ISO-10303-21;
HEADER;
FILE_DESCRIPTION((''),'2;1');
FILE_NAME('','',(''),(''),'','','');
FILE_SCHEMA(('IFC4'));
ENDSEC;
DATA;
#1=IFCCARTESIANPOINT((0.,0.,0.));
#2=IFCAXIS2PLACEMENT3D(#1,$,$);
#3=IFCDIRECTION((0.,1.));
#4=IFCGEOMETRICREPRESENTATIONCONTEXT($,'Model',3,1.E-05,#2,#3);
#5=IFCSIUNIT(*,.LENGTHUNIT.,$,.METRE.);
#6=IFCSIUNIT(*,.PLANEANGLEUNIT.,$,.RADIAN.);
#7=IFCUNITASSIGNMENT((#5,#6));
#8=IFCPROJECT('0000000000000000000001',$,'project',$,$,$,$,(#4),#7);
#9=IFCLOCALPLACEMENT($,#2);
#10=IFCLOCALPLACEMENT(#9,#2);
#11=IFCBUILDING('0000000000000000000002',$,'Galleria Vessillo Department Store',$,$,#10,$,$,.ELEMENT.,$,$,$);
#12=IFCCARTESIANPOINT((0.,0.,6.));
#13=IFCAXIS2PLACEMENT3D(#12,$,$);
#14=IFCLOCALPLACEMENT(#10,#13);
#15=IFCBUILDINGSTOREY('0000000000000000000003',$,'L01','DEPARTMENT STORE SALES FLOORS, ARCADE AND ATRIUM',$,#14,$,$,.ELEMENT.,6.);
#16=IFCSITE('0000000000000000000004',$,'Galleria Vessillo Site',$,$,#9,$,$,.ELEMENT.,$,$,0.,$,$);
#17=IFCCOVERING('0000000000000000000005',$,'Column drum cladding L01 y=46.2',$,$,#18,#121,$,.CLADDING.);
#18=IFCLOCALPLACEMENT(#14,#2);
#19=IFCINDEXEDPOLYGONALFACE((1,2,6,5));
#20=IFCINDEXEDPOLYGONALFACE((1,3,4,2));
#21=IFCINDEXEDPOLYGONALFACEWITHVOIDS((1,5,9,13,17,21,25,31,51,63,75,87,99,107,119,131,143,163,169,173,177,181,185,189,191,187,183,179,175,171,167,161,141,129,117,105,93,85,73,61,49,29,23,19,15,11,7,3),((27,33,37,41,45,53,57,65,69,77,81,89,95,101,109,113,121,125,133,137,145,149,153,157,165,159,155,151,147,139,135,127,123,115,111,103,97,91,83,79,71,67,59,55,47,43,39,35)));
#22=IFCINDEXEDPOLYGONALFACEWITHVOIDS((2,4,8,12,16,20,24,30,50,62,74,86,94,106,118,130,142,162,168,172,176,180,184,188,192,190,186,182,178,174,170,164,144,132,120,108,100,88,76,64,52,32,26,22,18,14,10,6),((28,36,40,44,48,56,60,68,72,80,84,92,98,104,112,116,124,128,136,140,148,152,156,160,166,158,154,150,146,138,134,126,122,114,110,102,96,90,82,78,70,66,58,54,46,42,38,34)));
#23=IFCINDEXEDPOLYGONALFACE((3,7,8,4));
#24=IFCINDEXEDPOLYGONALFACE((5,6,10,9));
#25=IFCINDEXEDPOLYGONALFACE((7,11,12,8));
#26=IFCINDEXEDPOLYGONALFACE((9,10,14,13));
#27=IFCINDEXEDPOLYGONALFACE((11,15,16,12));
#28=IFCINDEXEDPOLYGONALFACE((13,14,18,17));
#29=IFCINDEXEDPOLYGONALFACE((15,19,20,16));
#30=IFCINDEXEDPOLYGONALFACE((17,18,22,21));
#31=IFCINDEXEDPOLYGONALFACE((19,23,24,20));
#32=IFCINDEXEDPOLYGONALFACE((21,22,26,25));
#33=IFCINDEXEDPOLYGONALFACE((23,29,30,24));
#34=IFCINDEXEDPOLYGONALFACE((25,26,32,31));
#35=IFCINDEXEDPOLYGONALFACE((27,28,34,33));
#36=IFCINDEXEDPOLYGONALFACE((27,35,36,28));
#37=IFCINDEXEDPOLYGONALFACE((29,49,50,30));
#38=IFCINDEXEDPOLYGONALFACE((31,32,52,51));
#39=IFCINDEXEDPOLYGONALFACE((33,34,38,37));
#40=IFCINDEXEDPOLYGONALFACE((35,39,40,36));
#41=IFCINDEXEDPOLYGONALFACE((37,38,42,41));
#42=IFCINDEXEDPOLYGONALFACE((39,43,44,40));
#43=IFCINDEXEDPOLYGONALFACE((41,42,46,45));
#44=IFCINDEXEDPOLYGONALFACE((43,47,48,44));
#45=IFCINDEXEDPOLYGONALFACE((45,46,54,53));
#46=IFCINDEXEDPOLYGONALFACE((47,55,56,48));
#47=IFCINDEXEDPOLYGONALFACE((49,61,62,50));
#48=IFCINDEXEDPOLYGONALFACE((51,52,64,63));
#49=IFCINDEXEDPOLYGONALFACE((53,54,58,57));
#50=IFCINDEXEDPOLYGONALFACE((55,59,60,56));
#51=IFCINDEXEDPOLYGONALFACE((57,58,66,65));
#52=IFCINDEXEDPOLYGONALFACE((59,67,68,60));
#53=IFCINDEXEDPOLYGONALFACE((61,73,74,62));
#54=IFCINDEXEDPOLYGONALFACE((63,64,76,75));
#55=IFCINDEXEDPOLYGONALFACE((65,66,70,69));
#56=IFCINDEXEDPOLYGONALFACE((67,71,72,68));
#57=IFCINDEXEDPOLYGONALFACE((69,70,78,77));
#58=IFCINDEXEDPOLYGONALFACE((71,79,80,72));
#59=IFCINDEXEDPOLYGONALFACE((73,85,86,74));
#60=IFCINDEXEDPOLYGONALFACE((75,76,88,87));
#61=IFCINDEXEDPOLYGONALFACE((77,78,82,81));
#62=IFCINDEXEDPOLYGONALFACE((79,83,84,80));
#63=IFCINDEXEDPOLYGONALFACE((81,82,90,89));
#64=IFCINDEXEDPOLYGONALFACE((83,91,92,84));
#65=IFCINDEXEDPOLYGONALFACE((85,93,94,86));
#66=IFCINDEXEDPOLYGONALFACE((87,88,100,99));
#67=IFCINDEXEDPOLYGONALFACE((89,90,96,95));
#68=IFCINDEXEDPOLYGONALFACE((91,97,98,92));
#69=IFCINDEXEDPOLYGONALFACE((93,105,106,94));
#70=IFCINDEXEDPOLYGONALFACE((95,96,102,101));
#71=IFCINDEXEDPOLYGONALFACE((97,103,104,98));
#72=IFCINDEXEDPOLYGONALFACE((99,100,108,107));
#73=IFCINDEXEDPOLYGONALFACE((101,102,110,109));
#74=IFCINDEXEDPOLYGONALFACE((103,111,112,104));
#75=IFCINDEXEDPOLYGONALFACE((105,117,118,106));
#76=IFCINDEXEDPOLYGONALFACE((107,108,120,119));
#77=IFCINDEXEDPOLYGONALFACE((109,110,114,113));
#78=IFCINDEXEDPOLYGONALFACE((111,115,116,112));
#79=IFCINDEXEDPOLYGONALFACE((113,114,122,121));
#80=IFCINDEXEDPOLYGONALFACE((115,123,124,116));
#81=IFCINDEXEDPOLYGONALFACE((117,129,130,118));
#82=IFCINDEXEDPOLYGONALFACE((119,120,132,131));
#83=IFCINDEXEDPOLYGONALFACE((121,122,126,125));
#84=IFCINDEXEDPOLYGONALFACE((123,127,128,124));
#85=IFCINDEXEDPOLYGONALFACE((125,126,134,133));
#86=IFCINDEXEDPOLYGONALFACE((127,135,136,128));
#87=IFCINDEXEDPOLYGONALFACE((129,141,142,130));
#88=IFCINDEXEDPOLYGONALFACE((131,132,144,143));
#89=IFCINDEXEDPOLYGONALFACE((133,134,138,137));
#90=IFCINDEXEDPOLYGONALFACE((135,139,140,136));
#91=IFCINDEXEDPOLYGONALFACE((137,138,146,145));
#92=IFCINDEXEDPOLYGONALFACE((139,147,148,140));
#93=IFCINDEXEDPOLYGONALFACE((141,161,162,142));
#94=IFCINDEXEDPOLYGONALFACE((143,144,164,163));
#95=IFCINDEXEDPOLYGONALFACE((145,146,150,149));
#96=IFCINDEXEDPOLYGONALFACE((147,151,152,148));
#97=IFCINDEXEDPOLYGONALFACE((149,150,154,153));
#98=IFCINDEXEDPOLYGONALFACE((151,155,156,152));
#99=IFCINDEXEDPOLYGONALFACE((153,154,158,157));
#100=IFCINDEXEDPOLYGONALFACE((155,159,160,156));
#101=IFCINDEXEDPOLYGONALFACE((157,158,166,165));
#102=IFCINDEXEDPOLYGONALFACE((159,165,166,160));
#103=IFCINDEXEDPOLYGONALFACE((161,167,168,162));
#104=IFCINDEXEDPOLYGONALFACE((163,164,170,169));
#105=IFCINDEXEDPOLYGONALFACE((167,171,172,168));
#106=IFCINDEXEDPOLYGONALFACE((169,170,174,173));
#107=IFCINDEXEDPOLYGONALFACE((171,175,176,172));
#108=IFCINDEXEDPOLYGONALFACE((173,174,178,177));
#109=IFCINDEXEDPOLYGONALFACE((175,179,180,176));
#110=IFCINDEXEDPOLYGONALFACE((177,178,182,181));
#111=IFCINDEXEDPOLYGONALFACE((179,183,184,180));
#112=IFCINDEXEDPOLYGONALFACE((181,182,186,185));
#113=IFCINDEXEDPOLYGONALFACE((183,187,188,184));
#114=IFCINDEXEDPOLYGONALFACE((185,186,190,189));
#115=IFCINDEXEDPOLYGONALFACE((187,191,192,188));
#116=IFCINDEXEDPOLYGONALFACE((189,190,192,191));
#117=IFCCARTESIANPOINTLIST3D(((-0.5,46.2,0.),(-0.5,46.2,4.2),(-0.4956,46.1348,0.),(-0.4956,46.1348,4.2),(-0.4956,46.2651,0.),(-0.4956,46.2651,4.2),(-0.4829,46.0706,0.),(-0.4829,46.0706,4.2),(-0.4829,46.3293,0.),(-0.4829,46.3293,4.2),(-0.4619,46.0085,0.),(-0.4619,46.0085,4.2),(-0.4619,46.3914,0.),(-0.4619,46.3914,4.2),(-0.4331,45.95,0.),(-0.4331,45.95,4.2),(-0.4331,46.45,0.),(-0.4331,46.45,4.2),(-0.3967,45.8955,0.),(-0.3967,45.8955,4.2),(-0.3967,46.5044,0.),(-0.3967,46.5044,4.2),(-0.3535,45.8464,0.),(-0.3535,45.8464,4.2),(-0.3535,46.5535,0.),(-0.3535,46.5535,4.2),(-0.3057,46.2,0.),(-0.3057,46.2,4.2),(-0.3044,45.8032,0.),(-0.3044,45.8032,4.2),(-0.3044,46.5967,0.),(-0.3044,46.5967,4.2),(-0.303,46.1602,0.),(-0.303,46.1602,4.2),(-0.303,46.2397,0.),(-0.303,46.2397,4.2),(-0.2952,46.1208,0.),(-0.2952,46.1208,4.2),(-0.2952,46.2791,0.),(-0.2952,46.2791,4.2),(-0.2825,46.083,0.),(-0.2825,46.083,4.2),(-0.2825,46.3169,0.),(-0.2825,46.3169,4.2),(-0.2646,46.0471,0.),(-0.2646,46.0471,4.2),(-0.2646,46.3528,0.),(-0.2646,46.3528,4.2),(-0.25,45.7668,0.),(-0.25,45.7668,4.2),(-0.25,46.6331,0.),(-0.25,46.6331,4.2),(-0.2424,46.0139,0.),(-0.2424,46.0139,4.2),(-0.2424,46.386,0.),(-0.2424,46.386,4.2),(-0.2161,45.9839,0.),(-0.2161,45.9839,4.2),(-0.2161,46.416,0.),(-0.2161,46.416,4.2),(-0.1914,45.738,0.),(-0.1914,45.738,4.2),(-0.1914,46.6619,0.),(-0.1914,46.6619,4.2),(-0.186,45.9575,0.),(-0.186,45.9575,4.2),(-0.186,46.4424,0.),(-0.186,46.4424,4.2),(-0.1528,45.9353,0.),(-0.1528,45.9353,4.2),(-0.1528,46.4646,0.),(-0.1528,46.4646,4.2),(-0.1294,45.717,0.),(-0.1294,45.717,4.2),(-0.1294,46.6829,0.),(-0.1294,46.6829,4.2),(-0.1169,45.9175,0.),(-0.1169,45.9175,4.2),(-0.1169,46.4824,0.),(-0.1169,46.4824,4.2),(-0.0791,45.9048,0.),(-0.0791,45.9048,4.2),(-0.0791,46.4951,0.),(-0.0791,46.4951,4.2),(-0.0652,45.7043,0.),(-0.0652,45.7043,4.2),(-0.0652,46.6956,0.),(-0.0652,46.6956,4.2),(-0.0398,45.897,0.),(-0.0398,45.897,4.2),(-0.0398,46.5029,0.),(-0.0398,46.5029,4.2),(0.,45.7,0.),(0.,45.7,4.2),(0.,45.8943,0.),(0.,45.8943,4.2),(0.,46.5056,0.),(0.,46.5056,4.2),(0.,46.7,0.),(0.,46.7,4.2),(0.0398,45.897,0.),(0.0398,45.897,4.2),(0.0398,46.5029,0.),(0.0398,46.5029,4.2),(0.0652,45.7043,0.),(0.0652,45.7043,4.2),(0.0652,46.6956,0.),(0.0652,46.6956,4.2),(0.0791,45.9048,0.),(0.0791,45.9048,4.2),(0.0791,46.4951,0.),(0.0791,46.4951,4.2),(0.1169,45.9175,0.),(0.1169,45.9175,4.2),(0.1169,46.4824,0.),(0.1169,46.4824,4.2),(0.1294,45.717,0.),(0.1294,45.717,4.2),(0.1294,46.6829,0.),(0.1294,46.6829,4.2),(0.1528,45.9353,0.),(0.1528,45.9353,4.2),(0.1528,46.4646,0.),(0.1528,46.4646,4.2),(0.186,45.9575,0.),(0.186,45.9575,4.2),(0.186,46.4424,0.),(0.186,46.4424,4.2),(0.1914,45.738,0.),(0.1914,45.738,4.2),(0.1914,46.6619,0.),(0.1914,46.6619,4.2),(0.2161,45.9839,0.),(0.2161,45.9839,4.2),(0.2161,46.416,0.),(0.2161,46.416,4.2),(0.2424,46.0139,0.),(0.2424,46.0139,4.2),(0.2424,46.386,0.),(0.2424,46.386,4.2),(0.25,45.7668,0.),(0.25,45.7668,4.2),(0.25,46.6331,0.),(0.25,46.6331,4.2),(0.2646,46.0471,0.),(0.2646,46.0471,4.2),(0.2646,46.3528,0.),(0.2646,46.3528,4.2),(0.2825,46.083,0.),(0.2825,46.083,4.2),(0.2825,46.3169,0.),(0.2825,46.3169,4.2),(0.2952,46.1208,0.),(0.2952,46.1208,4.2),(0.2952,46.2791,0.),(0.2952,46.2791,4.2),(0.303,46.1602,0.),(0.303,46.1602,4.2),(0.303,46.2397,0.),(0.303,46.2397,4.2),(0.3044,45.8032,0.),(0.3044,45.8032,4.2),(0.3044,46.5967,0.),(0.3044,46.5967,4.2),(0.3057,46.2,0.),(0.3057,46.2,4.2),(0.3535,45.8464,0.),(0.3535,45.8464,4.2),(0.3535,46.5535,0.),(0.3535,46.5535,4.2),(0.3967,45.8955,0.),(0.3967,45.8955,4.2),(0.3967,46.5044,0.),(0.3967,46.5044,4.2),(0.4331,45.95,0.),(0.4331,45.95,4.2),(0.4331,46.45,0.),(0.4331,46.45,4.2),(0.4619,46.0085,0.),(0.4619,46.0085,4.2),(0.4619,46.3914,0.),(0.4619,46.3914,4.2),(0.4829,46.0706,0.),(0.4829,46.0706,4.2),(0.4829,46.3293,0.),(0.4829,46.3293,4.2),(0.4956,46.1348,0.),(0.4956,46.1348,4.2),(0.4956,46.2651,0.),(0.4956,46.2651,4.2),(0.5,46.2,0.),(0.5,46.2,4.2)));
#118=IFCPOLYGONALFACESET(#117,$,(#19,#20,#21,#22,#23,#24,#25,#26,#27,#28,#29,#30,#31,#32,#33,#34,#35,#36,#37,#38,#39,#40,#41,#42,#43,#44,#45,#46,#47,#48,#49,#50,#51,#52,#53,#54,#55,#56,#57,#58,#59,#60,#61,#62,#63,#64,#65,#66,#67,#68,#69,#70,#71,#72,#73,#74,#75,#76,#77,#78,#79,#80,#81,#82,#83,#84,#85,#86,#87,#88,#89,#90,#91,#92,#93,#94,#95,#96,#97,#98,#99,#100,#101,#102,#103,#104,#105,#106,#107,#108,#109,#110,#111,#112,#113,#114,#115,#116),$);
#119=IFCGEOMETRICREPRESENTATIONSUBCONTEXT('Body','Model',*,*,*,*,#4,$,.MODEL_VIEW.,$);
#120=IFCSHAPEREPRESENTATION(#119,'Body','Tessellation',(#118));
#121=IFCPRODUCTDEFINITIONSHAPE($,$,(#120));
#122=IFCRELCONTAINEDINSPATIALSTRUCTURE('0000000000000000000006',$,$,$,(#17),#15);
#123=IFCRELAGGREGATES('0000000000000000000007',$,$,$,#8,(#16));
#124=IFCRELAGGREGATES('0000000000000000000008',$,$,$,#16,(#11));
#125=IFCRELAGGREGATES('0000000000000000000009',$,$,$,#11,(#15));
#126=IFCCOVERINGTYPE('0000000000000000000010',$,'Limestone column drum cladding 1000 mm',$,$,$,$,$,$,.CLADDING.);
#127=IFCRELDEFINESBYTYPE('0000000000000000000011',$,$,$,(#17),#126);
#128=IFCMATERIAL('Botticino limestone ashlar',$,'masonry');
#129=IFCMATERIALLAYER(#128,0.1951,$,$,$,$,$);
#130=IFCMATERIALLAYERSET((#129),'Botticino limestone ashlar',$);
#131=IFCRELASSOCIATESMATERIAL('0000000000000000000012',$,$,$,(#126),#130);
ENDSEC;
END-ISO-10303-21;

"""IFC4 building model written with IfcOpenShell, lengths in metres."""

from ifc_helpers import new_model, si_unit, direction, frame, origin, place, context, subcontext, project, spatial, polyline, outline, extrude, material, layer, layer_set, type_object, element, save


model = new_model("IFC4")

# Units and contexts
model_context = context("Model", 3, precision=1e-05, world=origin(), true_north=direction((0.0, 1.0)))
body_context = subcontext(model_context, "Body", "Model", "MODEL_VIEW")
ifc_project = project(units=[si_unit("LENGTHUNIT", "METRE"), si_unit("PLANEANGLEUNIT", "RADIAN")], contexts=[model_context])

# Site, building, storey
site_placement = place(None, origin())
site = spatial("IfcSite", under=ifc_project, at=site_placement, Name="Galleria Vessillo Site", CompositionType="ELEMENT", RefElevation=0.0)
building_placement = place(site_placement, origin())
building = spatial("IfcBuilding", under=site, at=building_placement, Name="Galleria Vessillo Department Store", CompositionType="ELEMENT")
storey_placement = place(building_placement, frame((0.0, 0.0, 6.0)))
storey = spatial("IfcBuildingStorey", under=building, at=storey_placement, Name="L01", Description="DEPARTMENT STORE SALES FLOORS, ARCADE AND ATRIUM", CompositionType="ELEMENT", Elevation=6.0)

# Covering
ifc_material_1 = material(Name="Botticino limestone ashlar", Category="masonry")
ifc_layer_1 = layer(ifc_material_1, 0.1951)
ifc_layer_set_1 = layer_set([ifc_layer_1], Name="Botticino limestone ashlar")
covering_type = type_object("IfcCoveringType", Name="Limestone column drum cladding 1000 mm", PredefinedType="CLADDING", material=ifc_layer_set_1)
covering_1_placement = place(storey_placement, origin())
element("IfcCovering", 1, at=covering_1_placement, inside=storey, type_object=covering_type, Name="Column drum cladding L01 y=46.2", PredefinedType="CLADDING", context=body_context, shape_type="SweptSolid", body=[
    extrude(outline(polyline([(0.5, 46.2), (0.4956, 46.2651), (0.4829, 46.3293), (0.4619, 46.3914), (0.4331, 46.45), (0.3967, 46.5044), (0.3535, 46.5535), (0.3044, 46.5967), (0.25, 46.6331), (0.1914, 46.6619), (0.1294, 46.6829), (0.0652, 46.6956), (0.0, 46.7), (-0.0652, 46.6956), (-0.1294, 46.6829), (-0.1914, 46.6619), (-0.25, 46.6331), (-0.3044, 46.5967), (-0.3535, 46.5535), (-0.3967, 46.5044), (-0.4331, 46.45), (-0.4619, 46.3914), (-0.4829, 46.3293), (-0.4956, 46.2651), (-0.5, 46.2), (-0.4956, 46.1348), (-0.4829, 46.0706), (-0.4619, 46.0085), (-0.4331, 45.95), (-0.3967, 45.8955), (-0.3535, 45.8464), (-0.3044, 45.8032), (-0.25, 45.7668), (-0.1914, 45.738), (-0.1294, 45.717), (-0.0652, 45.7043), (0.0, 45.7), (0.0652, 45.7043), (0.1294, 45.717), (0.1914, 45.738), (0.25, 45.7668), (0.3044, 45.8032), (0.3535, 45.8464), (0.3967, 45.8955), (0.4331, 45.95), (0.4619, 46.0085), (0.4829, 46.0706), (0.4956, 46.1348), (0.5, 46.2)]), holes=[polyline([(0.3057, 46.2), (0.303, 46.2397), (0.2952, 46.2791), (0.2825, 46.3169), (0.2646, 46.3528), (0.2424, 46.386), (0.2161, 46.416), (0.186, 46.4424), (0.1528, 46.4646), (0.1169, 46.4824), (0.0791, 46.4951), (0.0398, 46.5029), (0.0, 46.5056), (-0.0398, 46.5029), (-0.0791, 46.4951), (-0.1169, 46.4824), (-0.1528, 46.4646), (-0.186, 46.4424), (-0.2161, 46.416), (-0.2424, 46.386), (-0.2646, 46.3528), (-0.2825, 46.3169), (-0.2952, 46.2791), (-0.303, 46.2397), (-0.3057, 46.2), (-0.303, 46.1602), (-0.2952, 46.1208), (-0.2825, 46.083), (-0.2646, 46.0471), (-0.2424, 46.0139), (-0.2161, 45.9839), (-0.186, 45.9575), (-0.1528, 45.9353), (-0.1169, 45.9175), (-0.0791, 45.9048), (-0.0398, 45.897), (0.0, 45.8943), (0.0398, 45.897), (0.0791, 45.9048), (0.1169, 45.9175), (0.1528, 45.9353), (0.186, 45.9575), (0.2161, 45.9839), (0.2424, 46.0139), (0.2646, 46.0471), (0.2825, 46.083), (0.2952, 46.1208), (0.303, 46.1602), (0.3057, 46.2)])]), origin(), (0.0, 0.0, 1.0), 4.2),
])

save(model, "model.ifc")
